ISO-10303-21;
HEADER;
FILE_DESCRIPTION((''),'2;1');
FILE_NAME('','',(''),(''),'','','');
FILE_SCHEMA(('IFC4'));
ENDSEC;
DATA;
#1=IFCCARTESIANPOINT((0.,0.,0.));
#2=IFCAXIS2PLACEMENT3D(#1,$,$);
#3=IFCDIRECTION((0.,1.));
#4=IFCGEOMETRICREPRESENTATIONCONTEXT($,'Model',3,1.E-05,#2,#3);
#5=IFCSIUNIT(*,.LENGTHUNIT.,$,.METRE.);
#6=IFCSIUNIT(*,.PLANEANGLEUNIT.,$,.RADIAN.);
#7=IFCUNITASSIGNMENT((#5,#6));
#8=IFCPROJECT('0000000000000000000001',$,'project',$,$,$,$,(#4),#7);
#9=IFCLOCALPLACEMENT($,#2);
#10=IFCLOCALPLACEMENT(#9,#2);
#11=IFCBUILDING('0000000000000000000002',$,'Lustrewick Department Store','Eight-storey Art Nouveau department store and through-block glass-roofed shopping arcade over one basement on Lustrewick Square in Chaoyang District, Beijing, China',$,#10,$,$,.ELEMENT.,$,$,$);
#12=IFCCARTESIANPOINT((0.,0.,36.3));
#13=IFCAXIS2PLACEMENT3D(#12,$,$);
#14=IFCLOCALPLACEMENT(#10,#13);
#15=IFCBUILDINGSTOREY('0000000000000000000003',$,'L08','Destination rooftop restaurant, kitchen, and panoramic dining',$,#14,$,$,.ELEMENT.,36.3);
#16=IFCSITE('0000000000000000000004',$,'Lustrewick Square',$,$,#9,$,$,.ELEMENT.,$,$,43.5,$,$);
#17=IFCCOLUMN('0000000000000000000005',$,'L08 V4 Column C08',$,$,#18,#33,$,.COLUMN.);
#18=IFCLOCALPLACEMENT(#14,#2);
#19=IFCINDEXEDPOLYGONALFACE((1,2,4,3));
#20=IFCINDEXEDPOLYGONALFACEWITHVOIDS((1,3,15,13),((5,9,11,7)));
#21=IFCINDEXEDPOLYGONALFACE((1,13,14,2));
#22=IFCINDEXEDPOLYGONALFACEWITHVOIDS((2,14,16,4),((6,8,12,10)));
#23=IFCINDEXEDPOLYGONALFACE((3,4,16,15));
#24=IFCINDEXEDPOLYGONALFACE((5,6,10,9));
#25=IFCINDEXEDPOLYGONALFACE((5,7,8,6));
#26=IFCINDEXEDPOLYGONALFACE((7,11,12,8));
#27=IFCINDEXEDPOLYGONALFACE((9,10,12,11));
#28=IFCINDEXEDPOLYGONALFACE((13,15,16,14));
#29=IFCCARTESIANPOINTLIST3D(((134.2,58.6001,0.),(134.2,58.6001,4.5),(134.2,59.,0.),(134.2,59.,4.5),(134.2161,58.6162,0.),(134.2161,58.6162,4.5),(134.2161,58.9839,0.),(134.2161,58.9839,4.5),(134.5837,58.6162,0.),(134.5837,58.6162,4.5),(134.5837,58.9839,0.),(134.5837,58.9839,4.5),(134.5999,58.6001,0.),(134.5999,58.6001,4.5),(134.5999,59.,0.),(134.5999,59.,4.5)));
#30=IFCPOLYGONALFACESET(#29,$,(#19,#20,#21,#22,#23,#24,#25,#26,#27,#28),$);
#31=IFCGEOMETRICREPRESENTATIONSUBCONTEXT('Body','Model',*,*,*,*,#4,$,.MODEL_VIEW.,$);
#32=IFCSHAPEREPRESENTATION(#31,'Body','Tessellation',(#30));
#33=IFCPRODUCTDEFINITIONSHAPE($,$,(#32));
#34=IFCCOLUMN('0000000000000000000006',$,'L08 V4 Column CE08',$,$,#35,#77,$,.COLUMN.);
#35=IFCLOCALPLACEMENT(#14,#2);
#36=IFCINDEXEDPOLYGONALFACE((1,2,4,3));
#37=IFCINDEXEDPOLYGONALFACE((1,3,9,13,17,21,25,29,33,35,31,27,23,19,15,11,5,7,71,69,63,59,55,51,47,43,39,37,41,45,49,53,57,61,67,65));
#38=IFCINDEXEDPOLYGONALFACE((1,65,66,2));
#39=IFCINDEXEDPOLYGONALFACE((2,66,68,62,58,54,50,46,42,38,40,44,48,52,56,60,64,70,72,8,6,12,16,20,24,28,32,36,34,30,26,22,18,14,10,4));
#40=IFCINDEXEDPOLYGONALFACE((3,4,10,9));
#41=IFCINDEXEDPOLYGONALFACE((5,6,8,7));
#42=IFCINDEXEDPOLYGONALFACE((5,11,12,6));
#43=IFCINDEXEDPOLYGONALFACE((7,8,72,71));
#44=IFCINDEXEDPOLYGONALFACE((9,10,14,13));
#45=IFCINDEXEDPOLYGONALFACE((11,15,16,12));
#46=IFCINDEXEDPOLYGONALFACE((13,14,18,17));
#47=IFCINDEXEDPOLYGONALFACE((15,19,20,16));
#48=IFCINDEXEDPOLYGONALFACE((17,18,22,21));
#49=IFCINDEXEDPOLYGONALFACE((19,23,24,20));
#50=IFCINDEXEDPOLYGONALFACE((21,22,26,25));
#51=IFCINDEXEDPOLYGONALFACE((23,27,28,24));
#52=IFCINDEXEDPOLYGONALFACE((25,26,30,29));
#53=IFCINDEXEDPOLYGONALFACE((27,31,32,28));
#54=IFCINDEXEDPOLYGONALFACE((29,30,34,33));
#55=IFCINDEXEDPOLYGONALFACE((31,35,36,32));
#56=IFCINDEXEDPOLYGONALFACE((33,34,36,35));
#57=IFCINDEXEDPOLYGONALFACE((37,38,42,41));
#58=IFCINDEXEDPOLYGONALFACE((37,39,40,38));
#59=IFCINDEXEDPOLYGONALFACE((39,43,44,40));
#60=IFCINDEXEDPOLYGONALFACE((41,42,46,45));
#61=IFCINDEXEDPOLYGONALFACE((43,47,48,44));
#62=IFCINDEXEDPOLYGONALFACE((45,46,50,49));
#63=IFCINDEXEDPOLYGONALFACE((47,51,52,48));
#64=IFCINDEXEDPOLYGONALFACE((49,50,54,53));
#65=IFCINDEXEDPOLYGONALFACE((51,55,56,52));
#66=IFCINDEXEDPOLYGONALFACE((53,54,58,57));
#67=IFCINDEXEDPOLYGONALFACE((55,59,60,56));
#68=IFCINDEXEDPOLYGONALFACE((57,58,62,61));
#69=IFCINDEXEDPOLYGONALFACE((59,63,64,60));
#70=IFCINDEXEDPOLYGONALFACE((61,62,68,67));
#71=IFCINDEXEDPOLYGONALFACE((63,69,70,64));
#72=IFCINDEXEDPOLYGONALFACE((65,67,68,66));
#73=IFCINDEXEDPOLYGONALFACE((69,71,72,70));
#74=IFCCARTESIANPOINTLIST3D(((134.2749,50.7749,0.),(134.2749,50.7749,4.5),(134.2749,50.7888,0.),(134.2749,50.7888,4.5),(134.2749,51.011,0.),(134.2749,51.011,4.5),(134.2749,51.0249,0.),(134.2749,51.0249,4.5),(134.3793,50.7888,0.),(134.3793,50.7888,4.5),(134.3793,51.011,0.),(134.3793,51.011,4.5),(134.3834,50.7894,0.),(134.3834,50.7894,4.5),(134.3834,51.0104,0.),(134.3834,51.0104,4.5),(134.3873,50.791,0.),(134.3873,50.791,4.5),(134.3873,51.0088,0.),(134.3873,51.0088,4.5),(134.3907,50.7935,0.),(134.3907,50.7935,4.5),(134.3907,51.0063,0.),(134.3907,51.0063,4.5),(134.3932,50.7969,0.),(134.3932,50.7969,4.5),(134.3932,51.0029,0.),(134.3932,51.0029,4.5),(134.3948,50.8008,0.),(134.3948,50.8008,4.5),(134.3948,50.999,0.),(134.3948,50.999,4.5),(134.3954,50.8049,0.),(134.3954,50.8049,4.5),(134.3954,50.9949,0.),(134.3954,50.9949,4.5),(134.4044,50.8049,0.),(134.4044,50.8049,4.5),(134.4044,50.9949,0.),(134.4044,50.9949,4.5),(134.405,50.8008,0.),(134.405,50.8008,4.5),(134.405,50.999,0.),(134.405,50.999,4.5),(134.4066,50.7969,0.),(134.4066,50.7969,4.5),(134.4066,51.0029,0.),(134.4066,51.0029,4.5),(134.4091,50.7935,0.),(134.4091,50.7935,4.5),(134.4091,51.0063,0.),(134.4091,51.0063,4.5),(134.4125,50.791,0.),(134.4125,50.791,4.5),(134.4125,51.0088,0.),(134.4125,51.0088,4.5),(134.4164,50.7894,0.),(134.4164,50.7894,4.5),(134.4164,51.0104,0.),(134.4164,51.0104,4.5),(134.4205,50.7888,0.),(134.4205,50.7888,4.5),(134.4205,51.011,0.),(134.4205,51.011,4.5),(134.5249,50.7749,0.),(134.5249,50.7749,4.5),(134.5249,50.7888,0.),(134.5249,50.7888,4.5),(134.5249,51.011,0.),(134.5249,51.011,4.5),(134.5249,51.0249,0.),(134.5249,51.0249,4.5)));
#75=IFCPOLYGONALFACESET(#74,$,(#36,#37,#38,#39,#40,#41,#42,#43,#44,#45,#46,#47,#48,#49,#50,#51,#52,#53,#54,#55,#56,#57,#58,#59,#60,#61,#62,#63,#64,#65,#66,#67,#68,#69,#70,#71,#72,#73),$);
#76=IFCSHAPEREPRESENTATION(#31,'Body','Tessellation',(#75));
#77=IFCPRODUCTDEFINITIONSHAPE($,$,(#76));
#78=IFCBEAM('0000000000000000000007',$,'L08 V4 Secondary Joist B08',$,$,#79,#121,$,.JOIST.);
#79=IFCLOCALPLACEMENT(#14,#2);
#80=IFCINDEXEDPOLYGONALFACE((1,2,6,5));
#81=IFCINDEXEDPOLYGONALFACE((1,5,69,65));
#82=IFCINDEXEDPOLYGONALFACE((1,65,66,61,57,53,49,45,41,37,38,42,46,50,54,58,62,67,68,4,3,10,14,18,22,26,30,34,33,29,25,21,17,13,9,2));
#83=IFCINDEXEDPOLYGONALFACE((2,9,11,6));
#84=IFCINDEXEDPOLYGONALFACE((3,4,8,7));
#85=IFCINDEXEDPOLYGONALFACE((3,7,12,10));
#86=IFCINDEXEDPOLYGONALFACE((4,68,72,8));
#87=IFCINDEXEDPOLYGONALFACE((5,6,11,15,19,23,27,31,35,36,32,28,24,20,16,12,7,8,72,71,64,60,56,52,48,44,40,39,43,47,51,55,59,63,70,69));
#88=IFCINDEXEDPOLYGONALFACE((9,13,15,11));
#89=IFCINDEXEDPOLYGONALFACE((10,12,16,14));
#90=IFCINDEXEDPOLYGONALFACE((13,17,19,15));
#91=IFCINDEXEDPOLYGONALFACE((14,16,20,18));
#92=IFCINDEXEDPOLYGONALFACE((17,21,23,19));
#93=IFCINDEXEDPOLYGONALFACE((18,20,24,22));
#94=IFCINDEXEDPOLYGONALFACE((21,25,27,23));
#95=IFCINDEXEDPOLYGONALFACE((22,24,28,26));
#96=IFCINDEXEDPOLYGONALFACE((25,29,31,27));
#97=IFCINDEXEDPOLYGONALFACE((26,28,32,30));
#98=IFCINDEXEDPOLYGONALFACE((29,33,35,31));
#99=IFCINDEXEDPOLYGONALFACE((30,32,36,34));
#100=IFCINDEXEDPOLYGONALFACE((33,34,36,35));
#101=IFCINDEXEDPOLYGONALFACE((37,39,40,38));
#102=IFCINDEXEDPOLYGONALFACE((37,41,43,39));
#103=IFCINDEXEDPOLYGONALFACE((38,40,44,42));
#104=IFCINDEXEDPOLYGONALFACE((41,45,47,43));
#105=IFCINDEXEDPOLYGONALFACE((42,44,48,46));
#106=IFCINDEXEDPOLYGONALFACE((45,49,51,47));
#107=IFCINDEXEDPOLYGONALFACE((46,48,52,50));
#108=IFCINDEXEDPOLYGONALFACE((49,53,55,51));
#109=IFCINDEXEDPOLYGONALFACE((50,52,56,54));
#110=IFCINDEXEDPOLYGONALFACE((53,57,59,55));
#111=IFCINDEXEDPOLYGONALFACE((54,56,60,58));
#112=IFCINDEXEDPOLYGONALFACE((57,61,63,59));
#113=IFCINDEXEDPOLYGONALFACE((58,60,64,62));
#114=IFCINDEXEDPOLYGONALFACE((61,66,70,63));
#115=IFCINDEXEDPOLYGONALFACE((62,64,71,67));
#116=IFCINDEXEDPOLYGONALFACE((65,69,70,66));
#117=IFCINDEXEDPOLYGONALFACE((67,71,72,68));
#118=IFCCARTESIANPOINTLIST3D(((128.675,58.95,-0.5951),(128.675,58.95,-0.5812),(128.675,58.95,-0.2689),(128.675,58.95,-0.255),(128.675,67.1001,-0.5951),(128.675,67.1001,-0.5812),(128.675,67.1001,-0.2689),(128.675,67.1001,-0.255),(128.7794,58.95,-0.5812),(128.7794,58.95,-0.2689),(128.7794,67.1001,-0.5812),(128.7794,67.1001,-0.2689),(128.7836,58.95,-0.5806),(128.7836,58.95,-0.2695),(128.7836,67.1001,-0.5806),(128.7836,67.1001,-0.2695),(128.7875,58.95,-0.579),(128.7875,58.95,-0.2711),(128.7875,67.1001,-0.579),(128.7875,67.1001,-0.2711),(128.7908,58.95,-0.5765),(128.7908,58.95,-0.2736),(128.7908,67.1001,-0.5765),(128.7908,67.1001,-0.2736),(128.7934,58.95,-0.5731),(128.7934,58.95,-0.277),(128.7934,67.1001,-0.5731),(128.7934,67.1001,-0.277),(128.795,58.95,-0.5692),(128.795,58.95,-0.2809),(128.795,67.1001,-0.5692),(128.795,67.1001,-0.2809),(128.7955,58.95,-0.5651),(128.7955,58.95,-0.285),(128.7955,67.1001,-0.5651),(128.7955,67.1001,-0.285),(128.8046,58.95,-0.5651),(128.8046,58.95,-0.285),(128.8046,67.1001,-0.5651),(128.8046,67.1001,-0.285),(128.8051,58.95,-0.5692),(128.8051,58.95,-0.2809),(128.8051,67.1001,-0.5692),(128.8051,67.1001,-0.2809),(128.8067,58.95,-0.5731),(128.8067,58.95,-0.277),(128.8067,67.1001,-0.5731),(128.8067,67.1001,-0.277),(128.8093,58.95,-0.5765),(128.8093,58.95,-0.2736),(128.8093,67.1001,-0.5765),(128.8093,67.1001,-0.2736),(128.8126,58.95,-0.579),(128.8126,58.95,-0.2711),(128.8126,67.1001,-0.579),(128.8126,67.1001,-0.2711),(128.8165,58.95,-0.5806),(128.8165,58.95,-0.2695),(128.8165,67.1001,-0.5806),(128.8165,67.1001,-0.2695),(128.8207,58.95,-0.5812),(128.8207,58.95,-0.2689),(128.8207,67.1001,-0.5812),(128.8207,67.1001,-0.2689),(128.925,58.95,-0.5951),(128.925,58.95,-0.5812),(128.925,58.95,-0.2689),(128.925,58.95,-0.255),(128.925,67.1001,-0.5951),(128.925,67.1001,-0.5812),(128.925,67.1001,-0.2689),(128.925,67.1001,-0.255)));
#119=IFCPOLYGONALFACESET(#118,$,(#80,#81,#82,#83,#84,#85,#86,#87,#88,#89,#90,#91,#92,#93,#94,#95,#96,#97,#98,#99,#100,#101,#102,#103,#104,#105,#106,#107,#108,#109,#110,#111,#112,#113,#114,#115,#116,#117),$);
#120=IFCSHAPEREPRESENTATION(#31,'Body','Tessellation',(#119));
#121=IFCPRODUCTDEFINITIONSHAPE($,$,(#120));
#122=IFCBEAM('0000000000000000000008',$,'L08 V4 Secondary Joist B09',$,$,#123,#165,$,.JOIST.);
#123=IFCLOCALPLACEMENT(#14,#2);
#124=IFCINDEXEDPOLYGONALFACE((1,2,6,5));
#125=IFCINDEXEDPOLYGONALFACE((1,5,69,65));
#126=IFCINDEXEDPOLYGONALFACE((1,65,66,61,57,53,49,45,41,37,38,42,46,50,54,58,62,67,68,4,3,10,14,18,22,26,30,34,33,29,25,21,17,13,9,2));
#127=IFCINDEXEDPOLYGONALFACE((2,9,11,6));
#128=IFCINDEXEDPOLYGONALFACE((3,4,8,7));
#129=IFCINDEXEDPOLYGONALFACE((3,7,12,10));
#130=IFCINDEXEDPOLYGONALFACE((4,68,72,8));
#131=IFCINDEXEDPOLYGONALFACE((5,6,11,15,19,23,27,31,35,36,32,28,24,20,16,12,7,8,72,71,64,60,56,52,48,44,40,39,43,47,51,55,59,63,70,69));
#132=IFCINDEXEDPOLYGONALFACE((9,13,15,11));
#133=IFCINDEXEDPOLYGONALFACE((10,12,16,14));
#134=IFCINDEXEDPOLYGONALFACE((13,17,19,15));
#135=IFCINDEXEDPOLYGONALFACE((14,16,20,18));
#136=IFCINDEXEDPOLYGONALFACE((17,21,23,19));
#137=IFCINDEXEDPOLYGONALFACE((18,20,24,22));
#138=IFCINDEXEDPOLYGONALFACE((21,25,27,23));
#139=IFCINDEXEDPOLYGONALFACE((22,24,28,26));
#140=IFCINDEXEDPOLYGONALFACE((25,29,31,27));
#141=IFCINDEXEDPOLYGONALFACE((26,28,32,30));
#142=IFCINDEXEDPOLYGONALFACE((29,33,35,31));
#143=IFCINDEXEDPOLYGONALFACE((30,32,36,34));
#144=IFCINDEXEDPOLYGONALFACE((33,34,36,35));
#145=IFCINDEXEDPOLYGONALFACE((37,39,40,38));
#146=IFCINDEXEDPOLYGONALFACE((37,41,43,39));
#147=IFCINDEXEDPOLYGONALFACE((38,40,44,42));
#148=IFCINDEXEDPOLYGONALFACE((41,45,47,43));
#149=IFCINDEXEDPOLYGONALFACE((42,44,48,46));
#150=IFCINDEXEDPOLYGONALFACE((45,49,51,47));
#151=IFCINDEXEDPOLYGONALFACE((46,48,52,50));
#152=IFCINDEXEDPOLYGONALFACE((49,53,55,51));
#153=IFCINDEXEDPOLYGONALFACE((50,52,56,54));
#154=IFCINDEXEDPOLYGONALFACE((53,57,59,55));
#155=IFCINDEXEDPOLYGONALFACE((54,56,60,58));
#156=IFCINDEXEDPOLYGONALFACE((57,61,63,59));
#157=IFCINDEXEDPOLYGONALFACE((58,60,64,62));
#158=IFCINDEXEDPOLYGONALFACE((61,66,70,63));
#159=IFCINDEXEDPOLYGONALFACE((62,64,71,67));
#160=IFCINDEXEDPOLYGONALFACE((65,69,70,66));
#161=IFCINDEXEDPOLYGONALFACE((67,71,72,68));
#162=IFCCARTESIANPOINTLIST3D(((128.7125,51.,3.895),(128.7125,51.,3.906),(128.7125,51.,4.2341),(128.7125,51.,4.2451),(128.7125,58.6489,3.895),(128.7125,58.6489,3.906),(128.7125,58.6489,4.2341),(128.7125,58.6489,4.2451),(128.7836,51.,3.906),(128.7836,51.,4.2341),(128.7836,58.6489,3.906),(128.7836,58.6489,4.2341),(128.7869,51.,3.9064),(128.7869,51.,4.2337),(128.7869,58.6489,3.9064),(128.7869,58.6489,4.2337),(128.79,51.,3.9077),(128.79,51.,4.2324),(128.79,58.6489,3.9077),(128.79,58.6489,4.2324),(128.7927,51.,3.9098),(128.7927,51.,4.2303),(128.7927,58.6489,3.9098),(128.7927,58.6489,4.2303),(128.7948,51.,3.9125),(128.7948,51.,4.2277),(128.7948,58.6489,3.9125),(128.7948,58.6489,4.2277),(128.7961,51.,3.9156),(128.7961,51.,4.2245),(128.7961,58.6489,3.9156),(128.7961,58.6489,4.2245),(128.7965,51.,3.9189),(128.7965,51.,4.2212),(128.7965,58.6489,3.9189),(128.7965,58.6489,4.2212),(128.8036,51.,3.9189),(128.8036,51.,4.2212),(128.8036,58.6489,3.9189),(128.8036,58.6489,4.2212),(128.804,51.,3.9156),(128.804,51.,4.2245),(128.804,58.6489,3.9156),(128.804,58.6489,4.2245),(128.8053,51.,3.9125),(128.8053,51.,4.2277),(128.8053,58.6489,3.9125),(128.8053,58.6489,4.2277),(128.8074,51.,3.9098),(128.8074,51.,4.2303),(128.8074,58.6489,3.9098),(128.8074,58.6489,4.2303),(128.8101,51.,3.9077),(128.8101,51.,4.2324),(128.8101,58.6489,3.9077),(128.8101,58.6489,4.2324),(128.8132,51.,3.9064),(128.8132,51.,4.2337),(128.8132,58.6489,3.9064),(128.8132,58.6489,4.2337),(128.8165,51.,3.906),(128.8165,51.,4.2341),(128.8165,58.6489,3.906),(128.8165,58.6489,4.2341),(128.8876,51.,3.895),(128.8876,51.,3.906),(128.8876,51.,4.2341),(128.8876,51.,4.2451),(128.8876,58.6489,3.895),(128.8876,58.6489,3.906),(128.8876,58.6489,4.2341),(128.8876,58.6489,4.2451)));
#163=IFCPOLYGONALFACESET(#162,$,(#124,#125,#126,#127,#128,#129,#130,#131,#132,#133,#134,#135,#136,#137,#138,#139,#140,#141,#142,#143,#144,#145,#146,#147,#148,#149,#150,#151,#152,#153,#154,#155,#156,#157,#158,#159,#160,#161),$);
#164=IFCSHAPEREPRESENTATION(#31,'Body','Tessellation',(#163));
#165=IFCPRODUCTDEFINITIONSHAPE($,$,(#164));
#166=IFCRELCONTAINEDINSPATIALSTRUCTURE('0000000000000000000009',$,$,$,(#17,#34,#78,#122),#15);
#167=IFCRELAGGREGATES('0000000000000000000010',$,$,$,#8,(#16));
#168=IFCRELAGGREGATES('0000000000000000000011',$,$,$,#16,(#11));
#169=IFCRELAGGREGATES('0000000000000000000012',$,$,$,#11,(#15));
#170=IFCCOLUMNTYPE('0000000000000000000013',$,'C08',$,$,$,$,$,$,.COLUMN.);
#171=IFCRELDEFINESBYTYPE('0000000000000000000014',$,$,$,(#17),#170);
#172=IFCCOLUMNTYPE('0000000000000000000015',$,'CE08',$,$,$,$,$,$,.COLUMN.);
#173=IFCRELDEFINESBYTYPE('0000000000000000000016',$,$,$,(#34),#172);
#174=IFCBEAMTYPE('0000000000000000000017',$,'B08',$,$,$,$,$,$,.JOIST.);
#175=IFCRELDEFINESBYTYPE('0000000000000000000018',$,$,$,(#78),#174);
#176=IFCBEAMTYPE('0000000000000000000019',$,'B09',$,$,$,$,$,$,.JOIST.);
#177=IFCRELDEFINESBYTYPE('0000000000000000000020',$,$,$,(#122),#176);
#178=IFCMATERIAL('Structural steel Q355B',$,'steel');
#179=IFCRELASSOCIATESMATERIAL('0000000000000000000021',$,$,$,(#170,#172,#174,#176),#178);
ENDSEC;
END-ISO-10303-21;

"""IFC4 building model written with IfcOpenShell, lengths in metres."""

from ifc_helpers import new_model, si_unit, direction, frame, origin, origin_2d, place, context, subcontext, project, spatial, hollow_rectangle, i_section, extrude, material, material_profile, profile_set, type_object, element, save


model = new_model("IFC4")

# Units and contexts
model_context = context("Model", 3, precision=1e-05, world=origin(), true_north=direction((0.0, 1.0)))
body_context = subcontext(model_context, "Body", "Model", "MODEL_VIEW")
ifc_project = project(units=[si_unit("LENGTHUNIT", "METRE"), si_unit("PLANEANGLEUNIT", "RADIAN")], contexts=[model_context])

# Site, building, storey
site_placement = place(None, origin())
site = spatial("IfcSite", under=ifc_project, at=site_placement, Name="Lustrewick Square", CompositionType="ELEMENT", RefElevation=43.5)
building_placement = place(site_placement, origin())
building = spatial("IfcBuilding", under=site, at=building_placement, Name="Lustrewick Department Store", Description="Eight-storey Art Nouveau department store and through-block glass-roofed shopping arcade over one basement on Lustrewick Square in Chaoyang District, Beijing, China", CompositionType="ELEMENT")
storey_placement = place(building_placement, frame((0.0, 0.0, 36.3)))
storey = spatial("IfcBuildingStorey", under=building, at=storey_placement, Name="L08", Description="Destination rooftop restaurant, kitchen, and panoramic dining", CompositionType="ELEMENT", Elevation=36.3)

# Columns
ifc_material_1 = material(Name="Structural steel Q355B", Category="steel")
ifc_material_profile_1 = material_profile(ifc_material_1, hollow_rectangle(XDim=0.3999, YDim=0.3999, WallThickness=0.0161, at=origin_2d()), Name="BOX 400x400x16")
ifc_profile_set_1 = profile_set([ifc_material_profile_1], Name="Structural steel Q355B")
column_type_1 = type_object("IfcColumnType", Name="C08", PredefinedType="COLUMN", material=ifc_profile_set_1)
column_1_placement = place(storey_placement, frame((134.3999, 58.8, 0.0), z_axis=(0.0, 0.0, 1.0), x_axis=(1.0, 0.0, 0.0)))
element("IfcColumn", 1, at=column_1_placement, inside=storey, type_object=column_type_1, Name="L08 V4 Column C08", PredefinedType="COLUMN", context=body_context, shape_type="SweptSolid", body=[
    extrude(hollow_rectangle(XDim=0.3999, YDim=0.3999, WallThickness=0.0161, at=origin_2d()), origin(), (0.0, 0.0, 1.0), 4.5),
])
ifc_material_profile_2 = material_profile(ifc_material_1, i_section(OverallWidth=0.25, OverallDepth=0.25, WebThickness=0.009, FlangeThickness=0.0139, FilletRadius=0.0161, at=origin_2d()), Name="HW 250x250x9x14")
ifc_profile_set_2 = profile_set([ifc_material_profile_2], Name="Structural steel Q355B")
column_type_2 = type_object("IfcColumnType", Name="CE08", PredefinedType="COLUMN", material=ifc_profile_set_2)
column_2_placement = place(storey_placement, frame((134.3999, 50.8999, 0.0), z_axis=(0.0, 0.0, 1.0), x_axis=(1.0, 0.0, 0.0)))
element("IfcColumn", 2, at=column_2_placement, inside=storey, type_object=column_type_2, Name="L08 V4 Column CE08", PredefinedType="COLUMN", context=body_context, shape_type="SweptSolid", body=[
    extrude(i_section(OverallWidth=0.25, OverallDepth=0.25, WebThickness=0.009, FlangeThickness=0.0139, FilletRadius=0.0161, at=origin_2d()), origin(), (0.0, 0.0, 1.0), 4.5),
])

# Beams
ifc_material_profile_3 = material_profile(ifc_material_1, i_section(OverallWidth=0.25, OverallDepth=0.3401, WebThickness=0.009, FlangeThickness=0.0139, FilletRadius=0.0161, at=origin_2d()), Name="HM 340x250x9x14")
ifc_profile_set_3 = profile_set([ifc_material_profile_3], Name="Structural steel Q355B")
beam_type_1 = type_object("IfcBeamType", Name="B08", PredefinedType="JOIST", material=ifc_profile_set_3)
beam_1_placement = place(storey_placement, frame((128.8, 58.95, -0.425), z_axis=(0.0, 1.0, 0.0), x_axis=(-1.0, 0.0, 0.0)))
element("IfcBeam", 3, at=beam_1_placement, inside=storey, type_object=beam_type_1, Name="L08 V4 Secondary Joist B08", PredefinedType="JOIST", context=body_context, shape_type="SweptSolid", body=[
    extrude(i_section(OverallWidth=0.25, OverallDepth=0.3401, WebThickness=0.009, FlangeThickness=0.0139, FilletRadius=0.0161, at=origin_2d()), origin(), (0.0, 0.0, 1.0), 8.1501),
])
ifc_material_profile_4 = material_profile(ifc_material_1, i_section(OverallWidth=0.175, OverallDepth=0.3501, WebThickness=0.0071, FlangeThickness=0.011, FilletRadius=0.0129, at=origin_2d()), Name="HN 350x175x7x11")
ifc_profile_set_4 = profile_set([ifc_material_profile_4], Name="Structural steel Q355B")
beam_type_2 = type_object("IfcBeamType", Name="B09", PredefinedType="JOIST", material=ifc_profile_set_4)
beam_2_placement = place(storey_placement, frame((128.8, 51.0, 4.0701), z_axis=(0.0, 1.0, 0.0), x_axis=(-1.0, 0.0, 0.0)))
element("IfcBeam", 4, at=beam_2_placement, inside=storey, type_object=beam_type_2, Name="L08 V4 Secondary Joist B09", PredefinedType="JOIST", context=body_context, shape_type="SweptSolid", body=[
    extrude(i_section(OverallWidth=0.175, OverallDepth=0.3501, WebThickness=0.0071, FlangeThickness=0.011, FilletRadius=0.0129, at=origin_2d()), origin(), (0.0, 0.0, 1.0), 7.6489),
])

save(model, "model.ifc")
